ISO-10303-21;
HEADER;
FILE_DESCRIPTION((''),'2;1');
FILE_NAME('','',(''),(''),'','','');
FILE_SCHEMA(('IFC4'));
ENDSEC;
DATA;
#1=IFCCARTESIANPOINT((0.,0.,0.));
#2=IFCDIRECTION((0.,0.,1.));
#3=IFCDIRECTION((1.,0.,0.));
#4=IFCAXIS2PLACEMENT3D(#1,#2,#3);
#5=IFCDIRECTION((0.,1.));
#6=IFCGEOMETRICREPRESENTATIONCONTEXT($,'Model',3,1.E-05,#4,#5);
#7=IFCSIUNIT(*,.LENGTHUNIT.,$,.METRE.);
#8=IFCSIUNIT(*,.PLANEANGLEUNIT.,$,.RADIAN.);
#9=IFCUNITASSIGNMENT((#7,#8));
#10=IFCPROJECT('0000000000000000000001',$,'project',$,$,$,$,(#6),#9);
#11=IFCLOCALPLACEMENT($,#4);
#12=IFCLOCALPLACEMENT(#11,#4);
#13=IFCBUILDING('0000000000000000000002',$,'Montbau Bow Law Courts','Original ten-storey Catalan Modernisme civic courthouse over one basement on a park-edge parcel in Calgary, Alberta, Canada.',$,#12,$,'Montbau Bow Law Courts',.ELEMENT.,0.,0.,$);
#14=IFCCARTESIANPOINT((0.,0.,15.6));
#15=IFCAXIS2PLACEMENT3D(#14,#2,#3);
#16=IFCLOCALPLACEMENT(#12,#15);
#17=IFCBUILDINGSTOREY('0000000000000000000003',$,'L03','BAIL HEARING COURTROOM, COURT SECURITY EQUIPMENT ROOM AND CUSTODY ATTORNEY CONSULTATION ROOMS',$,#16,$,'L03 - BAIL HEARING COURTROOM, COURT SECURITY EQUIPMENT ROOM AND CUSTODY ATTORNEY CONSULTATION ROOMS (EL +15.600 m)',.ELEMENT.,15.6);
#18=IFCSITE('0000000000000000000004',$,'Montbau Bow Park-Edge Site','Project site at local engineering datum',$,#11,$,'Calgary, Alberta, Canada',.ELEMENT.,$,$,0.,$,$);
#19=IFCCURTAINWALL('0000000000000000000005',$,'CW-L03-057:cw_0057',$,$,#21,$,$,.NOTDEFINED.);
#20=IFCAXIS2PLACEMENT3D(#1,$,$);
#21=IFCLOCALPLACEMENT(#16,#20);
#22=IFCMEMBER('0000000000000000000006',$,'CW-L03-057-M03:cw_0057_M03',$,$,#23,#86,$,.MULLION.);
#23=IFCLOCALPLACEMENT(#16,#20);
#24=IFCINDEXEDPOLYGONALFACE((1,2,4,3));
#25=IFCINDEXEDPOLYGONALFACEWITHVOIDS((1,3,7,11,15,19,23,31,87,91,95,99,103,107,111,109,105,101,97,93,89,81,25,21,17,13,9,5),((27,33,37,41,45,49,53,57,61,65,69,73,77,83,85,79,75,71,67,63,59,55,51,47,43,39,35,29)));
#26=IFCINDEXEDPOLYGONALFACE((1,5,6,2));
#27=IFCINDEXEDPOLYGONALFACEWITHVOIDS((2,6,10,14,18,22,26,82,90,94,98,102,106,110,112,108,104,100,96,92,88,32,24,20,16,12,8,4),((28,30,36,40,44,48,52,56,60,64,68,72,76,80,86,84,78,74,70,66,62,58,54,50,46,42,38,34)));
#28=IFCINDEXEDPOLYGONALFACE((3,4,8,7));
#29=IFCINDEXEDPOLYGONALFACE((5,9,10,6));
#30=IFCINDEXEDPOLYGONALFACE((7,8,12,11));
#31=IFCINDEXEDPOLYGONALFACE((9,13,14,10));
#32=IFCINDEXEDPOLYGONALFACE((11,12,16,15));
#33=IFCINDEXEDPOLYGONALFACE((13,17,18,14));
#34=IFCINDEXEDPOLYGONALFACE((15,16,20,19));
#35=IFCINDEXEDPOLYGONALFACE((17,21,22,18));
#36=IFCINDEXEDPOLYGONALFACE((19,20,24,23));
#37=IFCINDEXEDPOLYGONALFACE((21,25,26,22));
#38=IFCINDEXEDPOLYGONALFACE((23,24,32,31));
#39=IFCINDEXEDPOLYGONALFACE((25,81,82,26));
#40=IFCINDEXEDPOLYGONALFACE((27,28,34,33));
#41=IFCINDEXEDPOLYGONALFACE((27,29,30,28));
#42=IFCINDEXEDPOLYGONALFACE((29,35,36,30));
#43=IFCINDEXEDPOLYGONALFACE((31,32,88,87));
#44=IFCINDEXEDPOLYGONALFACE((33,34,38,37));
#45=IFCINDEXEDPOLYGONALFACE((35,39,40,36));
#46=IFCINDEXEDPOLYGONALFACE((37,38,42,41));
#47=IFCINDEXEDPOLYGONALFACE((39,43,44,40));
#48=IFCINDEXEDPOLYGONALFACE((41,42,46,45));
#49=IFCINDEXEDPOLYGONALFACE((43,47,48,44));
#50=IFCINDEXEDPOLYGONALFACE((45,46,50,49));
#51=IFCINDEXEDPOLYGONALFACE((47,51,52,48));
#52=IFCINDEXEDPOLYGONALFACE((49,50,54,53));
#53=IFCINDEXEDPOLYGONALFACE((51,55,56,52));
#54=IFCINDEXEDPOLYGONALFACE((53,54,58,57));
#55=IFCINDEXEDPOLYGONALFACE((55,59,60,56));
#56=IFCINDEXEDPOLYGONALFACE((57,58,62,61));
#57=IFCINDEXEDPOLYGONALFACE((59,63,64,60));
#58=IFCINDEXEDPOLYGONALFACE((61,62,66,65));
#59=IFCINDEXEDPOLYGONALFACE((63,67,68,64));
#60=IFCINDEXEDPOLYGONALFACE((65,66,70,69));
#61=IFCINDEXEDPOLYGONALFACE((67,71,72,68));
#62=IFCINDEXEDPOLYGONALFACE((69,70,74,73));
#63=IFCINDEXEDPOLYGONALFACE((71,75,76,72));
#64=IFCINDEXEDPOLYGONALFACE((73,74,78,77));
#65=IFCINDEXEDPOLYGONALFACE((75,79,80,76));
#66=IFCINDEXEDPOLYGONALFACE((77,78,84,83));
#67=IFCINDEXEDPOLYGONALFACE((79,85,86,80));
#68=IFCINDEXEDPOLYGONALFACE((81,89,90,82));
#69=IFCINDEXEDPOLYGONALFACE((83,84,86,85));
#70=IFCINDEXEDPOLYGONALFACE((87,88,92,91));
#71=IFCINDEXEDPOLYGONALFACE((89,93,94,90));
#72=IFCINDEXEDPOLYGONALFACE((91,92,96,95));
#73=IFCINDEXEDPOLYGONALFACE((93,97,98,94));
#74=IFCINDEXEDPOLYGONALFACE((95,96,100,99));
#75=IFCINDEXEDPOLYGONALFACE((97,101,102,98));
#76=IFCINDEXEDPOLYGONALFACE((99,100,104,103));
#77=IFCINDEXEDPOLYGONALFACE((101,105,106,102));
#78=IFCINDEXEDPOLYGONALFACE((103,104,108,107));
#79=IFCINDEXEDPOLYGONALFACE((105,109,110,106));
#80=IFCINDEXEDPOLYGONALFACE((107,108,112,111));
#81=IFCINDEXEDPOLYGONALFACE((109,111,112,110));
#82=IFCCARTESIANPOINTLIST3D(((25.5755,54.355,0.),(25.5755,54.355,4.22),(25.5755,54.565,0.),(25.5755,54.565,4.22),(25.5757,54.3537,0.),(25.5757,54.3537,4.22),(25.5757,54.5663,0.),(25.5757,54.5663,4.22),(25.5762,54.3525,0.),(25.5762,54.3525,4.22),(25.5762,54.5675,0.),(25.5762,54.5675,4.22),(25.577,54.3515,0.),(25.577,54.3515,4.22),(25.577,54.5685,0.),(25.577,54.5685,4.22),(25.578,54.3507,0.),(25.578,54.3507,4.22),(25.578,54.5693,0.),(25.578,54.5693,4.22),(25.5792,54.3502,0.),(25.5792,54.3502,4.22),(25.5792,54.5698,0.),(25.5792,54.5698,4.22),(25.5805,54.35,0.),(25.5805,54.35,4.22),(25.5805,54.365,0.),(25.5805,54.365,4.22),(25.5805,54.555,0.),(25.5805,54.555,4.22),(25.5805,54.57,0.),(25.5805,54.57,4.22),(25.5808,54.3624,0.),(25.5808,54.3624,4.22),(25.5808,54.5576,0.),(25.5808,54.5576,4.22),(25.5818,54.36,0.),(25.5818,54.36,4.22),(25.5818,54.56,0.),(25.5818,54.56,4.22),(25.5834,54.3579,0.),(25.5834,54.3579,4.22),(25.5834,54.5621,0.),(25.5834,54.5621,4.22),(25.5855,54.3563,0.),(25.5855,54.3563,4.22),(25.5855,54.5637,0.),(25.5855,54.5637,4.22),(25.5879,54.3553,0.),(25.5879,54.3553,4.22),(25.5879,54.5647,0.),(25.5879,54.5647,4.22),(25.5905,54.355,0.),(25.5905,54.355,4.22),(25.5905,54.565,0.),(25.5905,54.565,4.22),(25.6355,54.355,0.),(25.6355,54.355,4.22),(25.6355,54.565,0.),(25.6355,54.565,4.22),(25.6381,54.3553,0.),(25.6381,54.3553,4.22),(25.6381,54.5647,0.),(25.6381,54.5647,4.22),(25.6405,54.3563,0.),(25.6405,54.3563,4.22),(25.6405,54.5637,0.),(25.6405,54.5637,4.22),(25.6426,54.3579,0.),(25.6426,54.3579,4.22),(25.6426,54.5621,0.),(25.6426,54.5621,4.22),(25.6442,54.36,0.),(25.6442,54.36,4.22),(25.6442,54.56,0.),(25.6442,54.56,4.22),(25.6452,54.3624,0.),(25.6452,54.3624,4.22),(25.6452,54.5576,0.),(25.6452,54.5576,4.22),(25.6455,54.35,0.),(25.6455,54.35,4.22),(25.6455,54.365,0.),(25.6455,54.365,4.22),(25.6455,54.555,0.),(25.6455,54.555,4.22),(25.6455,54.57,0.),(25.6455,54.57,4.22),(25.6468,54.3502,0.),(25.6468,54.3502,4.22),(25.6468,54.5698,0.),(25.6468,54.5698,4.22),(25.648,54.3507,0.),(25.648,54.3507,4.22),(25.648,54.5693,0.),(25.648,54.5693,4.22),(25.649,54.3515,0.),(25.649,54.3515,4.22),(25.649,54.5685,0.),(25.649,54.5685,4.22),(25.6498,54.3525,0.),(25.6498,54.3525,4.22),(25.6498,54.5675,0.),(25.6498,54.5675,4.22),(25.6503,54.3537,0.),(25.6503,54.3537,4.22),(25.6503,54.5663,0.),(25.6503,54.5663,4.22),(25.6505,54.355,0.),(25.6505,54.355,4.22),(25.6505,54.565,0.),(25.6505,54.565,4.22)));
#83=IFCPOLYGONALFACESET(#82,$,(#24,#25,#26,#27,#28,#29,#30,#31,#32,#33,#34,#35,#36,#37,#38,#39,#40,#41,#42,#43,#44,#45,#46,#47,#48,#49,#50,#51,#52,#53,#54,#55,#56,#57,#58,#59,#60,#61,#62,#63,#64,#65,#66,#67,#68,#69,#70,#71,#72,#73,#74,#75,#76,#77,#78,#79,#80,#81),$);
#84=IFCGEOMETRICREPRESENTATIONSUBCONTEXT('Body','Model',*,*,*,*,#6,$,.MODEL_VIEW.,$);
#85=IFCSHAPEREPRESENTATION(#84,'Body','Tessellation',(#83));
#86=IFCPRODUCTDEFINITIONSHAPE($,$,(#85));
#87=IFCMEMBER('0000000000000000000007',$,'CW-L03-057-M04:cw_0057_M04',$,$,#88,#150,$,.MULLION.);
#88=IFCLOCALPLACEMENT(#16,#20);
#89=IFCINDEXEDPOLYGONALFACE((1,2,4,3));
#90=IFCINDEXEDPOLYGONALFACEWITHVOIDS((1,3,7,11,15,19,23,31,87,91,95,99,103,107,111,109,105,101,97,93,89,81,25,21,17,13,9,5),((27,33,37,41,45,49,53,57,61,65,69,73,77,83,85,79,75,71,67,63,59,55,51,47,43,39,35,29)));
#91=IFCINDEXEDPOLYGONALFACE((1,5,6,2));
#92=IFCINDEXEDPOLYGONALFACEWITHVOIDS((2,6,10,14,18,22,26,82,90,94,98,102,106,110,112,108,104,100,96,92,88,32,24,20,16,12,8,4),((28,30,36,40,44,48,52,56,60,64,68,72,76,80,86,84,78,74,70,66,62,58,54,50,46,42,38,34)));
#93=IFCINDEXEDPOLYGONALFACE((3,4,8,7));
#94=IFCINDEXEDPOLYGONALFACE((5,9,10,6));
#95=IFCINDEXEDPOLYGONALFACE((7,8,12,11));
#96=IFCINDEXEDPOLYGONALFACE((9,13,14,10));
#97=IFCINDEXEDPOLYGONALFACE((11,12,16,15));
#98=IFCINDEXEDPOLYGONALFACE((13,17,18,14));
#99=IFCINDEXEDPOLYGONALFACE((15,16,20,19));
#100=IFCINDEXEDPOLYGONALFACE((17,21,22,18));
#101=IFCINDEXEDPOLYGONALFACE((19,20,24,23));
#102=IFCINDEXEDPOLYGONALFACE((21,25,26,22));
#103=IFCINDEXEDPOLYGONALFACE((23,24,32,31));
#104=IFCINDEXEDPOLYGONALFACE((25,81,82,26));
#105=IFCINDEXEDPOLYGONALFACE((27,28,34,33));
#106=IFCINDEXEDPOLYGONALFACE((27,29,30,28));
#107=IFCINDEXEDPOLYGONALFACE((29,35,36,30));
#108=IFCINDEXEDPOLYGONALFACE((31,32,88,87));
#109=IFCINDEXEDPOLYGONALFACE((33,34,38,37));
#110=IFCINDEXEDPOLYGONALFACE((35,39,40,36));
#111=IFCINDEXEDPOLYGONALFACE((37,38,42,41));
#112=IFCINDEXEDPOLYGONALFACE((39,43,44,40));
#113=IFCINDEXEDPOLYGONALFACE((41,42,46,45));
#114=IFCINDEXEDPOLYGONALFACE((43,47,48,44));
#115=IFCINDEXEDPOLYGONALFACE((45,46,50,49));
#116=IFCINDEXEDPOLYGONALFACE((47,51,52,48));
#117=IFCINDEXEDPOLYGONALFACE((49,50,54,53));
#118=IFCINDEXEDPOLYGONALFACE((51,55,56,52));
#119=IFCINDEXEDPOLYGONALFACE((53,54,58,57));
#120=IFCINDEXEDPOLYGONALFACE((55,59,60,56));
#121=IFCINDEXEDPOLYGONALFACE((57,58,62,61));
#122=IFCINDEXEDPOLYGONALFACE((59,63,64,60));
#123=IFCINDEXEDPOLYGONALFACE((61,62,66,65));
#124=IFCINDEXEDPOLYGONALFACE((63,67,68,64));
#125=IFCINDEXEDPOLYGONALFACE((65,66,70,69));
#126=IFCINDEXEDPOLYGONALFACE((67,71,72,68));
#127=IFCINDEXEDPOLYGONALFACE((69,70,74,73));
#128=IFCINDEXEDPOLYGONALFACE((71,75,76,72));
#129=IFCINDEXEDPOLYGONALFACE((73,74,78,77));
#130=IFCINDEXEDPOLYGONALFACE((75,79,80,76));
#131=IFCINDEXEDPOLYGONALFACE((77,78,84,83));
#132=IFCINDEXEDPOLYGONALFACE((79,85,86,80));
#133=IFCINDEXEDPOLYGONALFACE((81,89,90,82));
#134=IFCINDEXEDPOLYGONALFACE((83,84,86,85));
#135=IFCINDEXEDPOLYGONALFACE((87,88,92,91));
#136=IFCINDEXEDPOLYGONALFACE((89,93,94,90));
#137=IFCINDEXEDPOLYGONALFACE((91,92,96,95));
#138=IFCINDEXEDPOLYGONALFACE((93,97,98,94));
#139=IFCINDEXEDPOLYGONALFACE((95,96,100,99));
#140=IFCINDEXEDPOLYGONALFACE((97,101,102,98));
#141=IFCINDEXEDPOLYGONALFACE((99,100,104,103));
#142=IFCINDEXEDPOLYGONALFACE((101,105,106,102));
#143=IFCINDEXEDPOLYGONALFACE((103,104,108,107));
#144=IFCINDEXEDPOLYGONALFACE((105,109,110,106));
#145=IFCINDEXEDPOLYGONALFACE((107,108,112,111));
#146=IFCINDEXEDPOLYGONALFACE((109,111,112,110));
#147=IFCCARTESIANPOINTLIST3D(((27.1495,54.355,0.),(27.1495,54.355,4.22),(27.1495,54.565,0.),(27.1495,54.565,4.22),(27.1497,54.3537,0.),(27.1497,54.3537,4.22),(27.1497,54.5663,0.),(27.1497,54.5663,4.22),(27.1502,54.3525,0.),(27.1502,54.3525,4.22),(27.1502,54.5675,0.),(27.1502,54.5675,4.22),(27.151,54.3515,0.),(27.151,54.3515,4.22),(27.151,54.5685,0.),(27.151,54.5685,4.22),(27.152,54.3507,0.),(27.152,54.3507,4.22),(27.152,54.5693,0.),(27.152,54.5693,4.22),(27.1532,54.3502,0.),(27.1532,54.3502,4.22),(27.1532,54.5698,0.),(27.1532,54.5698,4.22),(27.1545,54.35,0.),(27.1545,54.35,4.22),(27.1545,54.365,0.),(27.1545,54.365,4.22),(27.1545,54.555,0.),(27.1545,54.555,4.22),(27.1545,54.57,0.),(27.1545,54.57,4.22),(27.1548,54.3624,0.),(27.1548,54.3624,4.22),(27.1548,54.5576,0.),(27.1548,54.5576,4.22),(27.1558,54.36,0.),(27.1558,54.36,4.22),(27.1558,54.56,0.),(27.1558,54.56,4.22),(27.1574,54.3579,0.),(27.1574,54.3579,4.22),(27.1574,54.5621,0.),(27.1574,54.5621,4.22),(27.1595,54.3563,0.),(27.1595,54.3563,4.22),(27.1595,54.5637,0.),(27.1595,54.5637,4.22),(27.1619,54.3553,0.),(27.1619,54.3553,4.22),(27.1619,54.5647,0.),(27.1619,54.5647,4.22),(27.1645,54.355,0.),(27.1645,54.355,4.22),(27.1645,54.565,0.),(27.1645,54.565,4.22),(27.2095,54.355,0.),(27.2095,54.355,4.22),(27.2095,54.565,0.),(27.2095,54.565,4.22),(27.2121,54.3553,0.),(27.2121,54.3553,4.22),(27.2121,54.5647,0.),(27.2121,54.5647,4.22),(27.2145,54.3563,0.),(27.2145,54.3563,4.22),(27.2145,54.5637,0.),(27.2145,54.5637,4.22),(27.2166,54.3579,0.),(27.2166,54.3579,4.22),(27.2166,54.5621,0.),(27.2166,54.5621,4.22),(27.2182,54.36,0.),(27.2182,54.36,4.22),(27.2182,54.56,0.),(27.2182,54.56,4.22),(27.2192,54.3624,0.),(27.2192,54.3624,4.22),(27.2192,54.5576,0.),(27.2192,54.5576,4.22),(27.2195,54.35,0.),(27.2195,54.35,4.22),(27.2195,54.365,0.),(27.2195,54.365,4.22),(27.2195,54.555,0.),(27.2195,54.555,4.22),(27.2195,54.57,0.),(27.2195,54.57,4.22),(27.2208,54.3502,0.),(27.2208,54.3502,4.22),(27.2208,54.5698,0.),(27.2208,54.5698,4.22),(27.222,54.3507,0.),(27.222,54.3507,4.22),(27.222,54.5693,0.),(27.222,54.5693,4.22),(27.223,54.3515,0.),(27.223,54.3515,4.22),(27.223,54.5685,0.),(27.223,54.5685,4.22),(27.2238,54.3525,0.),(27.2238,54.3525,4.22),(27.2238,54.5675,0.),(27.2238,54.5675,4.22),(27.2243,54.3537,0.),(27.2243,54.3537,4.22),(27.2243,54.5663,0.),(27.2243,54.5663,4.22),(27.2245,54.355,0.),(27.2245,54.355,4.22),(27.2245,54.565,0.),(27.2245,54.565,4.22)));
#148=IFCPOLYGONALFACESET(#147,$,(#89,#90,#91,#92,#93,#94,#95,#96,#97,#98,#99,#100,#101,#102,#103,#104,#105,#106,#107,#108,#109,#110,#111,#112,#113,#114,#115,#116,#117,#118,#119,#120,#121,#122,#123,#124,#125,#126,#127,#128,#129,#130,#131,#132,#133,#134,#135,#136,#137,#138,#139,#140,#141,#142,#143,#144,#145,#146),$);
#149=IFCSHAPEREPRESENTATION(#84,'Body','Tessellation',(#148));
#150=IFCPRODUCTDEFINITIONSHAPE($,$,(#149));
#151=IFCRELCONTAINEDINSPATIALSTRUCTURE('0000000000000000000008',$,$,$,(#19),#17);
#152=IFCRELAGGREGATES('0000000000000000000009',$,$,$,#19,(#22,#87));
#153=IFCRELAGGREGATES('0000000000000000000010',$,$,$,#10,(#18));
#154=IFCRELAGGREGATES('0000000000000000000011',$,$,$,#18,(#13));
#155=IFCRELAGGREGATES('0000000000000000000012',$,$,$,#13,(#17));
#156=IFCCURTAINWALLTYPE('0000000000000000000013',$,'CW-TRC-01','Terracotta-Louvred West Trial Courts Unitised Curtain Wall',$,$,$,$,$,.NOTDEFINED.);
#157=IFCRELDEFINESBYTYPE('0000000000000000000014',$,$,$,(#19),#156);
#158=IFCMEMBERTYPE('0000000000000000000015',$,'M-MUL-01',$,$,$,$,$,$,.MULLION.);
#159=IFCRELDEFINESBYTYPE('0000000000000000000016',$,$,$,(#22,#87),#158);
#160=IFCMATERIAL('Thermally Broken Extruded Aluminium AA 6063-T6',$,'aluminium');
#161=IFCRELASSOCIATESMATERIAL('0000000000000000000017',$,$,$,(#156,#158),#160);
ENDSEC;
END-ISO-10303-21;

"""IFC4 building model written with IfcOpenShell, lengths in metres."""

from ifc_helpers import new_model, si_unit, direction, frame, origin_with_axes, origin_2d_with_axis, place, context, subcontext, project, spatial, hollow_rectangle, extrude, material, material_profile, profile_set, type_object, element, aggregate, save


model = new_model("IFC4")

# Units and contexts
model_context = context("Model", 3, precision=1e-05, world=origin_with_axes(), true_north=direction((0.0, 1.0)))
body_context = subcontext(model_context, "Body", "Model", "MODEL_VIEW")
ifc_project = project(units=[si_unit("LENGTHUNIT", "METRE"), si_unit("PLANEANGLEUNIT", "RADIAN")], contexts=[model_context])

# Site, building, storey
site_placement = place(None, origin_with_axes())
site = spatial("IfcSite", under=ifc_project, at=site_placement, Name="Montbau Bow Park-Edge Site", Description="Project site at local engineering datum", LongName="Calgary, Alberta, Canada", CompositionType="ELEMENT", RefElevation=0.0)
building_placement = place(site_placement, origin_with_axes())
building = spatial("IfcBuilding", under=site, at=building_placement, Name="Montbau Bow Law Courts", Description="Original ten-storey Catalan Modernisme civic courthouse over one basement on a park-edge parcel in Calgary, Alberta, Canada.", LongName="Montbau Bow Law Courts", CompositionType="ELEMENT", ElevationOfRefHeight=0.0, ElevationOfTerrain=0.0)
storey_placement = place(building_placement, frame((0.0, 0.0, 15.6), z_axis=(0.0, 0.0, 1.0), x_axis=(1.0, 0.0, 0.0)))
storey = spatial("IfcBuildingStorey", under=building, at=storey_placement, Name="L03", Description="BAIL HEARING COURTROOM, COURT SECURITY EQUIPMENT ROOM AND CUSTODY ATTORNEY CONSULTATION ROOMS", LongName="L03 - BAIL HEARING COURTROOM, COURT SECURITY EQUIPMENT ROOM AND CUSTODY ATTORNEY CONSULTATION ROOMS (EL +15.600 m)", CompositionType="ELEMENT", Elevation=15.6)

# Curtain wall, members
ifc_material_1 = material(Name="Thermally Broken Extruded Aluminium AA 6063-T6", Category="aluminium")
curtain_wall_type = type_object("IfcCurtainWallType", Name="CW-TRC-01", Description="Terracotta-Louvred West Trial Courts Unitised Curtain Wall", PredefinedType="NOTDEFINED", material=ifc_material_1)
curtain_wall_1_placement = place(None, frame((22.467, 54.46, 15.6), z_axis=(0.0, 0.0, 1.0), x_axis=(1.0, 0.0, 0.0)))
curtain_wall_1 = element("IfcCurtainWall", 1, at=curtain_wall_1_placement, inside=storey, type_object=curtain_wall_type, Name="CW-L03-057:cw_0057", PredefinedType="NOTDEFINED")
ifc_material_profile_1 = material_profile(ifc_material_1, hollow_rectangle(XDim=0.075, YDim=0.22, WallThickness=0.005, InnerFilletRadius=0.01, OuterFilletRadius=0.005, at=origin_2d_with_axis()), Name="CWM-220X75", Category="Main", Priority=0)
ifc_profile_set_1 = profile_set([ifc_material_profile_1], Name="Thermally Broken Extruded Aluminium AA 6063-T6")
member_type_1 = type_object("IfcMemberType", Name="M-MUL-01", PredefinedType="MULLION", material=ifc_profile_set_1)
member_1_placement = place(None, frame((25.613, 54.46, 15.6), z_axis=(0.0, 0.0, 1.0), x_axis=(1.0, 0.0, 0.0)))
member_1 = element("IfcMember", 2, at=member_1_placement, type_object=member_type_1, Name="CW-L03-057-M03:cw_0057_M03", PredefinedType="MULLION", context=body_context, shape_type="SweptSolid", body=[
    extrude(hollow_rectangle(XDim=0.075, YDim=0.22, WallThickness=0.005, InnerFilletRadius=0.01, OuterFilletRadius=0.005, at=origin_2d_with_axis()), origin_with_axes(), (0.0, 0.0, 1.0), 4.22),
])
member_2_placement = place(None, frame((27.187, 54.46, 15.6), z_axis=(0.0, 0.0, 1.0), x_axis=(1.0, 0.0, 0.0)))
member_2 = element("IfcMember", 3, at=member_2_placement, type_object=member_type_1, Name="CW-L03-057-M04:cw_0057_M04", PredefinedType="MULLION", context=body_context, shape_type="SweptSolid", body=[
    extrude(hollow_rectangle(XDim=0.075, YDim=0.22, WallThickness=0.005, InnerFilletRadius=0.01, OuterFilletRadius=0.005, at=origin_2d_with_axis()), origin_with_axes(), (0.0, 0.0, 1.0), 4.22),
])

aggregate(curtain_wall_1, [member_1, member_2])

save(model, "model.ifc")
